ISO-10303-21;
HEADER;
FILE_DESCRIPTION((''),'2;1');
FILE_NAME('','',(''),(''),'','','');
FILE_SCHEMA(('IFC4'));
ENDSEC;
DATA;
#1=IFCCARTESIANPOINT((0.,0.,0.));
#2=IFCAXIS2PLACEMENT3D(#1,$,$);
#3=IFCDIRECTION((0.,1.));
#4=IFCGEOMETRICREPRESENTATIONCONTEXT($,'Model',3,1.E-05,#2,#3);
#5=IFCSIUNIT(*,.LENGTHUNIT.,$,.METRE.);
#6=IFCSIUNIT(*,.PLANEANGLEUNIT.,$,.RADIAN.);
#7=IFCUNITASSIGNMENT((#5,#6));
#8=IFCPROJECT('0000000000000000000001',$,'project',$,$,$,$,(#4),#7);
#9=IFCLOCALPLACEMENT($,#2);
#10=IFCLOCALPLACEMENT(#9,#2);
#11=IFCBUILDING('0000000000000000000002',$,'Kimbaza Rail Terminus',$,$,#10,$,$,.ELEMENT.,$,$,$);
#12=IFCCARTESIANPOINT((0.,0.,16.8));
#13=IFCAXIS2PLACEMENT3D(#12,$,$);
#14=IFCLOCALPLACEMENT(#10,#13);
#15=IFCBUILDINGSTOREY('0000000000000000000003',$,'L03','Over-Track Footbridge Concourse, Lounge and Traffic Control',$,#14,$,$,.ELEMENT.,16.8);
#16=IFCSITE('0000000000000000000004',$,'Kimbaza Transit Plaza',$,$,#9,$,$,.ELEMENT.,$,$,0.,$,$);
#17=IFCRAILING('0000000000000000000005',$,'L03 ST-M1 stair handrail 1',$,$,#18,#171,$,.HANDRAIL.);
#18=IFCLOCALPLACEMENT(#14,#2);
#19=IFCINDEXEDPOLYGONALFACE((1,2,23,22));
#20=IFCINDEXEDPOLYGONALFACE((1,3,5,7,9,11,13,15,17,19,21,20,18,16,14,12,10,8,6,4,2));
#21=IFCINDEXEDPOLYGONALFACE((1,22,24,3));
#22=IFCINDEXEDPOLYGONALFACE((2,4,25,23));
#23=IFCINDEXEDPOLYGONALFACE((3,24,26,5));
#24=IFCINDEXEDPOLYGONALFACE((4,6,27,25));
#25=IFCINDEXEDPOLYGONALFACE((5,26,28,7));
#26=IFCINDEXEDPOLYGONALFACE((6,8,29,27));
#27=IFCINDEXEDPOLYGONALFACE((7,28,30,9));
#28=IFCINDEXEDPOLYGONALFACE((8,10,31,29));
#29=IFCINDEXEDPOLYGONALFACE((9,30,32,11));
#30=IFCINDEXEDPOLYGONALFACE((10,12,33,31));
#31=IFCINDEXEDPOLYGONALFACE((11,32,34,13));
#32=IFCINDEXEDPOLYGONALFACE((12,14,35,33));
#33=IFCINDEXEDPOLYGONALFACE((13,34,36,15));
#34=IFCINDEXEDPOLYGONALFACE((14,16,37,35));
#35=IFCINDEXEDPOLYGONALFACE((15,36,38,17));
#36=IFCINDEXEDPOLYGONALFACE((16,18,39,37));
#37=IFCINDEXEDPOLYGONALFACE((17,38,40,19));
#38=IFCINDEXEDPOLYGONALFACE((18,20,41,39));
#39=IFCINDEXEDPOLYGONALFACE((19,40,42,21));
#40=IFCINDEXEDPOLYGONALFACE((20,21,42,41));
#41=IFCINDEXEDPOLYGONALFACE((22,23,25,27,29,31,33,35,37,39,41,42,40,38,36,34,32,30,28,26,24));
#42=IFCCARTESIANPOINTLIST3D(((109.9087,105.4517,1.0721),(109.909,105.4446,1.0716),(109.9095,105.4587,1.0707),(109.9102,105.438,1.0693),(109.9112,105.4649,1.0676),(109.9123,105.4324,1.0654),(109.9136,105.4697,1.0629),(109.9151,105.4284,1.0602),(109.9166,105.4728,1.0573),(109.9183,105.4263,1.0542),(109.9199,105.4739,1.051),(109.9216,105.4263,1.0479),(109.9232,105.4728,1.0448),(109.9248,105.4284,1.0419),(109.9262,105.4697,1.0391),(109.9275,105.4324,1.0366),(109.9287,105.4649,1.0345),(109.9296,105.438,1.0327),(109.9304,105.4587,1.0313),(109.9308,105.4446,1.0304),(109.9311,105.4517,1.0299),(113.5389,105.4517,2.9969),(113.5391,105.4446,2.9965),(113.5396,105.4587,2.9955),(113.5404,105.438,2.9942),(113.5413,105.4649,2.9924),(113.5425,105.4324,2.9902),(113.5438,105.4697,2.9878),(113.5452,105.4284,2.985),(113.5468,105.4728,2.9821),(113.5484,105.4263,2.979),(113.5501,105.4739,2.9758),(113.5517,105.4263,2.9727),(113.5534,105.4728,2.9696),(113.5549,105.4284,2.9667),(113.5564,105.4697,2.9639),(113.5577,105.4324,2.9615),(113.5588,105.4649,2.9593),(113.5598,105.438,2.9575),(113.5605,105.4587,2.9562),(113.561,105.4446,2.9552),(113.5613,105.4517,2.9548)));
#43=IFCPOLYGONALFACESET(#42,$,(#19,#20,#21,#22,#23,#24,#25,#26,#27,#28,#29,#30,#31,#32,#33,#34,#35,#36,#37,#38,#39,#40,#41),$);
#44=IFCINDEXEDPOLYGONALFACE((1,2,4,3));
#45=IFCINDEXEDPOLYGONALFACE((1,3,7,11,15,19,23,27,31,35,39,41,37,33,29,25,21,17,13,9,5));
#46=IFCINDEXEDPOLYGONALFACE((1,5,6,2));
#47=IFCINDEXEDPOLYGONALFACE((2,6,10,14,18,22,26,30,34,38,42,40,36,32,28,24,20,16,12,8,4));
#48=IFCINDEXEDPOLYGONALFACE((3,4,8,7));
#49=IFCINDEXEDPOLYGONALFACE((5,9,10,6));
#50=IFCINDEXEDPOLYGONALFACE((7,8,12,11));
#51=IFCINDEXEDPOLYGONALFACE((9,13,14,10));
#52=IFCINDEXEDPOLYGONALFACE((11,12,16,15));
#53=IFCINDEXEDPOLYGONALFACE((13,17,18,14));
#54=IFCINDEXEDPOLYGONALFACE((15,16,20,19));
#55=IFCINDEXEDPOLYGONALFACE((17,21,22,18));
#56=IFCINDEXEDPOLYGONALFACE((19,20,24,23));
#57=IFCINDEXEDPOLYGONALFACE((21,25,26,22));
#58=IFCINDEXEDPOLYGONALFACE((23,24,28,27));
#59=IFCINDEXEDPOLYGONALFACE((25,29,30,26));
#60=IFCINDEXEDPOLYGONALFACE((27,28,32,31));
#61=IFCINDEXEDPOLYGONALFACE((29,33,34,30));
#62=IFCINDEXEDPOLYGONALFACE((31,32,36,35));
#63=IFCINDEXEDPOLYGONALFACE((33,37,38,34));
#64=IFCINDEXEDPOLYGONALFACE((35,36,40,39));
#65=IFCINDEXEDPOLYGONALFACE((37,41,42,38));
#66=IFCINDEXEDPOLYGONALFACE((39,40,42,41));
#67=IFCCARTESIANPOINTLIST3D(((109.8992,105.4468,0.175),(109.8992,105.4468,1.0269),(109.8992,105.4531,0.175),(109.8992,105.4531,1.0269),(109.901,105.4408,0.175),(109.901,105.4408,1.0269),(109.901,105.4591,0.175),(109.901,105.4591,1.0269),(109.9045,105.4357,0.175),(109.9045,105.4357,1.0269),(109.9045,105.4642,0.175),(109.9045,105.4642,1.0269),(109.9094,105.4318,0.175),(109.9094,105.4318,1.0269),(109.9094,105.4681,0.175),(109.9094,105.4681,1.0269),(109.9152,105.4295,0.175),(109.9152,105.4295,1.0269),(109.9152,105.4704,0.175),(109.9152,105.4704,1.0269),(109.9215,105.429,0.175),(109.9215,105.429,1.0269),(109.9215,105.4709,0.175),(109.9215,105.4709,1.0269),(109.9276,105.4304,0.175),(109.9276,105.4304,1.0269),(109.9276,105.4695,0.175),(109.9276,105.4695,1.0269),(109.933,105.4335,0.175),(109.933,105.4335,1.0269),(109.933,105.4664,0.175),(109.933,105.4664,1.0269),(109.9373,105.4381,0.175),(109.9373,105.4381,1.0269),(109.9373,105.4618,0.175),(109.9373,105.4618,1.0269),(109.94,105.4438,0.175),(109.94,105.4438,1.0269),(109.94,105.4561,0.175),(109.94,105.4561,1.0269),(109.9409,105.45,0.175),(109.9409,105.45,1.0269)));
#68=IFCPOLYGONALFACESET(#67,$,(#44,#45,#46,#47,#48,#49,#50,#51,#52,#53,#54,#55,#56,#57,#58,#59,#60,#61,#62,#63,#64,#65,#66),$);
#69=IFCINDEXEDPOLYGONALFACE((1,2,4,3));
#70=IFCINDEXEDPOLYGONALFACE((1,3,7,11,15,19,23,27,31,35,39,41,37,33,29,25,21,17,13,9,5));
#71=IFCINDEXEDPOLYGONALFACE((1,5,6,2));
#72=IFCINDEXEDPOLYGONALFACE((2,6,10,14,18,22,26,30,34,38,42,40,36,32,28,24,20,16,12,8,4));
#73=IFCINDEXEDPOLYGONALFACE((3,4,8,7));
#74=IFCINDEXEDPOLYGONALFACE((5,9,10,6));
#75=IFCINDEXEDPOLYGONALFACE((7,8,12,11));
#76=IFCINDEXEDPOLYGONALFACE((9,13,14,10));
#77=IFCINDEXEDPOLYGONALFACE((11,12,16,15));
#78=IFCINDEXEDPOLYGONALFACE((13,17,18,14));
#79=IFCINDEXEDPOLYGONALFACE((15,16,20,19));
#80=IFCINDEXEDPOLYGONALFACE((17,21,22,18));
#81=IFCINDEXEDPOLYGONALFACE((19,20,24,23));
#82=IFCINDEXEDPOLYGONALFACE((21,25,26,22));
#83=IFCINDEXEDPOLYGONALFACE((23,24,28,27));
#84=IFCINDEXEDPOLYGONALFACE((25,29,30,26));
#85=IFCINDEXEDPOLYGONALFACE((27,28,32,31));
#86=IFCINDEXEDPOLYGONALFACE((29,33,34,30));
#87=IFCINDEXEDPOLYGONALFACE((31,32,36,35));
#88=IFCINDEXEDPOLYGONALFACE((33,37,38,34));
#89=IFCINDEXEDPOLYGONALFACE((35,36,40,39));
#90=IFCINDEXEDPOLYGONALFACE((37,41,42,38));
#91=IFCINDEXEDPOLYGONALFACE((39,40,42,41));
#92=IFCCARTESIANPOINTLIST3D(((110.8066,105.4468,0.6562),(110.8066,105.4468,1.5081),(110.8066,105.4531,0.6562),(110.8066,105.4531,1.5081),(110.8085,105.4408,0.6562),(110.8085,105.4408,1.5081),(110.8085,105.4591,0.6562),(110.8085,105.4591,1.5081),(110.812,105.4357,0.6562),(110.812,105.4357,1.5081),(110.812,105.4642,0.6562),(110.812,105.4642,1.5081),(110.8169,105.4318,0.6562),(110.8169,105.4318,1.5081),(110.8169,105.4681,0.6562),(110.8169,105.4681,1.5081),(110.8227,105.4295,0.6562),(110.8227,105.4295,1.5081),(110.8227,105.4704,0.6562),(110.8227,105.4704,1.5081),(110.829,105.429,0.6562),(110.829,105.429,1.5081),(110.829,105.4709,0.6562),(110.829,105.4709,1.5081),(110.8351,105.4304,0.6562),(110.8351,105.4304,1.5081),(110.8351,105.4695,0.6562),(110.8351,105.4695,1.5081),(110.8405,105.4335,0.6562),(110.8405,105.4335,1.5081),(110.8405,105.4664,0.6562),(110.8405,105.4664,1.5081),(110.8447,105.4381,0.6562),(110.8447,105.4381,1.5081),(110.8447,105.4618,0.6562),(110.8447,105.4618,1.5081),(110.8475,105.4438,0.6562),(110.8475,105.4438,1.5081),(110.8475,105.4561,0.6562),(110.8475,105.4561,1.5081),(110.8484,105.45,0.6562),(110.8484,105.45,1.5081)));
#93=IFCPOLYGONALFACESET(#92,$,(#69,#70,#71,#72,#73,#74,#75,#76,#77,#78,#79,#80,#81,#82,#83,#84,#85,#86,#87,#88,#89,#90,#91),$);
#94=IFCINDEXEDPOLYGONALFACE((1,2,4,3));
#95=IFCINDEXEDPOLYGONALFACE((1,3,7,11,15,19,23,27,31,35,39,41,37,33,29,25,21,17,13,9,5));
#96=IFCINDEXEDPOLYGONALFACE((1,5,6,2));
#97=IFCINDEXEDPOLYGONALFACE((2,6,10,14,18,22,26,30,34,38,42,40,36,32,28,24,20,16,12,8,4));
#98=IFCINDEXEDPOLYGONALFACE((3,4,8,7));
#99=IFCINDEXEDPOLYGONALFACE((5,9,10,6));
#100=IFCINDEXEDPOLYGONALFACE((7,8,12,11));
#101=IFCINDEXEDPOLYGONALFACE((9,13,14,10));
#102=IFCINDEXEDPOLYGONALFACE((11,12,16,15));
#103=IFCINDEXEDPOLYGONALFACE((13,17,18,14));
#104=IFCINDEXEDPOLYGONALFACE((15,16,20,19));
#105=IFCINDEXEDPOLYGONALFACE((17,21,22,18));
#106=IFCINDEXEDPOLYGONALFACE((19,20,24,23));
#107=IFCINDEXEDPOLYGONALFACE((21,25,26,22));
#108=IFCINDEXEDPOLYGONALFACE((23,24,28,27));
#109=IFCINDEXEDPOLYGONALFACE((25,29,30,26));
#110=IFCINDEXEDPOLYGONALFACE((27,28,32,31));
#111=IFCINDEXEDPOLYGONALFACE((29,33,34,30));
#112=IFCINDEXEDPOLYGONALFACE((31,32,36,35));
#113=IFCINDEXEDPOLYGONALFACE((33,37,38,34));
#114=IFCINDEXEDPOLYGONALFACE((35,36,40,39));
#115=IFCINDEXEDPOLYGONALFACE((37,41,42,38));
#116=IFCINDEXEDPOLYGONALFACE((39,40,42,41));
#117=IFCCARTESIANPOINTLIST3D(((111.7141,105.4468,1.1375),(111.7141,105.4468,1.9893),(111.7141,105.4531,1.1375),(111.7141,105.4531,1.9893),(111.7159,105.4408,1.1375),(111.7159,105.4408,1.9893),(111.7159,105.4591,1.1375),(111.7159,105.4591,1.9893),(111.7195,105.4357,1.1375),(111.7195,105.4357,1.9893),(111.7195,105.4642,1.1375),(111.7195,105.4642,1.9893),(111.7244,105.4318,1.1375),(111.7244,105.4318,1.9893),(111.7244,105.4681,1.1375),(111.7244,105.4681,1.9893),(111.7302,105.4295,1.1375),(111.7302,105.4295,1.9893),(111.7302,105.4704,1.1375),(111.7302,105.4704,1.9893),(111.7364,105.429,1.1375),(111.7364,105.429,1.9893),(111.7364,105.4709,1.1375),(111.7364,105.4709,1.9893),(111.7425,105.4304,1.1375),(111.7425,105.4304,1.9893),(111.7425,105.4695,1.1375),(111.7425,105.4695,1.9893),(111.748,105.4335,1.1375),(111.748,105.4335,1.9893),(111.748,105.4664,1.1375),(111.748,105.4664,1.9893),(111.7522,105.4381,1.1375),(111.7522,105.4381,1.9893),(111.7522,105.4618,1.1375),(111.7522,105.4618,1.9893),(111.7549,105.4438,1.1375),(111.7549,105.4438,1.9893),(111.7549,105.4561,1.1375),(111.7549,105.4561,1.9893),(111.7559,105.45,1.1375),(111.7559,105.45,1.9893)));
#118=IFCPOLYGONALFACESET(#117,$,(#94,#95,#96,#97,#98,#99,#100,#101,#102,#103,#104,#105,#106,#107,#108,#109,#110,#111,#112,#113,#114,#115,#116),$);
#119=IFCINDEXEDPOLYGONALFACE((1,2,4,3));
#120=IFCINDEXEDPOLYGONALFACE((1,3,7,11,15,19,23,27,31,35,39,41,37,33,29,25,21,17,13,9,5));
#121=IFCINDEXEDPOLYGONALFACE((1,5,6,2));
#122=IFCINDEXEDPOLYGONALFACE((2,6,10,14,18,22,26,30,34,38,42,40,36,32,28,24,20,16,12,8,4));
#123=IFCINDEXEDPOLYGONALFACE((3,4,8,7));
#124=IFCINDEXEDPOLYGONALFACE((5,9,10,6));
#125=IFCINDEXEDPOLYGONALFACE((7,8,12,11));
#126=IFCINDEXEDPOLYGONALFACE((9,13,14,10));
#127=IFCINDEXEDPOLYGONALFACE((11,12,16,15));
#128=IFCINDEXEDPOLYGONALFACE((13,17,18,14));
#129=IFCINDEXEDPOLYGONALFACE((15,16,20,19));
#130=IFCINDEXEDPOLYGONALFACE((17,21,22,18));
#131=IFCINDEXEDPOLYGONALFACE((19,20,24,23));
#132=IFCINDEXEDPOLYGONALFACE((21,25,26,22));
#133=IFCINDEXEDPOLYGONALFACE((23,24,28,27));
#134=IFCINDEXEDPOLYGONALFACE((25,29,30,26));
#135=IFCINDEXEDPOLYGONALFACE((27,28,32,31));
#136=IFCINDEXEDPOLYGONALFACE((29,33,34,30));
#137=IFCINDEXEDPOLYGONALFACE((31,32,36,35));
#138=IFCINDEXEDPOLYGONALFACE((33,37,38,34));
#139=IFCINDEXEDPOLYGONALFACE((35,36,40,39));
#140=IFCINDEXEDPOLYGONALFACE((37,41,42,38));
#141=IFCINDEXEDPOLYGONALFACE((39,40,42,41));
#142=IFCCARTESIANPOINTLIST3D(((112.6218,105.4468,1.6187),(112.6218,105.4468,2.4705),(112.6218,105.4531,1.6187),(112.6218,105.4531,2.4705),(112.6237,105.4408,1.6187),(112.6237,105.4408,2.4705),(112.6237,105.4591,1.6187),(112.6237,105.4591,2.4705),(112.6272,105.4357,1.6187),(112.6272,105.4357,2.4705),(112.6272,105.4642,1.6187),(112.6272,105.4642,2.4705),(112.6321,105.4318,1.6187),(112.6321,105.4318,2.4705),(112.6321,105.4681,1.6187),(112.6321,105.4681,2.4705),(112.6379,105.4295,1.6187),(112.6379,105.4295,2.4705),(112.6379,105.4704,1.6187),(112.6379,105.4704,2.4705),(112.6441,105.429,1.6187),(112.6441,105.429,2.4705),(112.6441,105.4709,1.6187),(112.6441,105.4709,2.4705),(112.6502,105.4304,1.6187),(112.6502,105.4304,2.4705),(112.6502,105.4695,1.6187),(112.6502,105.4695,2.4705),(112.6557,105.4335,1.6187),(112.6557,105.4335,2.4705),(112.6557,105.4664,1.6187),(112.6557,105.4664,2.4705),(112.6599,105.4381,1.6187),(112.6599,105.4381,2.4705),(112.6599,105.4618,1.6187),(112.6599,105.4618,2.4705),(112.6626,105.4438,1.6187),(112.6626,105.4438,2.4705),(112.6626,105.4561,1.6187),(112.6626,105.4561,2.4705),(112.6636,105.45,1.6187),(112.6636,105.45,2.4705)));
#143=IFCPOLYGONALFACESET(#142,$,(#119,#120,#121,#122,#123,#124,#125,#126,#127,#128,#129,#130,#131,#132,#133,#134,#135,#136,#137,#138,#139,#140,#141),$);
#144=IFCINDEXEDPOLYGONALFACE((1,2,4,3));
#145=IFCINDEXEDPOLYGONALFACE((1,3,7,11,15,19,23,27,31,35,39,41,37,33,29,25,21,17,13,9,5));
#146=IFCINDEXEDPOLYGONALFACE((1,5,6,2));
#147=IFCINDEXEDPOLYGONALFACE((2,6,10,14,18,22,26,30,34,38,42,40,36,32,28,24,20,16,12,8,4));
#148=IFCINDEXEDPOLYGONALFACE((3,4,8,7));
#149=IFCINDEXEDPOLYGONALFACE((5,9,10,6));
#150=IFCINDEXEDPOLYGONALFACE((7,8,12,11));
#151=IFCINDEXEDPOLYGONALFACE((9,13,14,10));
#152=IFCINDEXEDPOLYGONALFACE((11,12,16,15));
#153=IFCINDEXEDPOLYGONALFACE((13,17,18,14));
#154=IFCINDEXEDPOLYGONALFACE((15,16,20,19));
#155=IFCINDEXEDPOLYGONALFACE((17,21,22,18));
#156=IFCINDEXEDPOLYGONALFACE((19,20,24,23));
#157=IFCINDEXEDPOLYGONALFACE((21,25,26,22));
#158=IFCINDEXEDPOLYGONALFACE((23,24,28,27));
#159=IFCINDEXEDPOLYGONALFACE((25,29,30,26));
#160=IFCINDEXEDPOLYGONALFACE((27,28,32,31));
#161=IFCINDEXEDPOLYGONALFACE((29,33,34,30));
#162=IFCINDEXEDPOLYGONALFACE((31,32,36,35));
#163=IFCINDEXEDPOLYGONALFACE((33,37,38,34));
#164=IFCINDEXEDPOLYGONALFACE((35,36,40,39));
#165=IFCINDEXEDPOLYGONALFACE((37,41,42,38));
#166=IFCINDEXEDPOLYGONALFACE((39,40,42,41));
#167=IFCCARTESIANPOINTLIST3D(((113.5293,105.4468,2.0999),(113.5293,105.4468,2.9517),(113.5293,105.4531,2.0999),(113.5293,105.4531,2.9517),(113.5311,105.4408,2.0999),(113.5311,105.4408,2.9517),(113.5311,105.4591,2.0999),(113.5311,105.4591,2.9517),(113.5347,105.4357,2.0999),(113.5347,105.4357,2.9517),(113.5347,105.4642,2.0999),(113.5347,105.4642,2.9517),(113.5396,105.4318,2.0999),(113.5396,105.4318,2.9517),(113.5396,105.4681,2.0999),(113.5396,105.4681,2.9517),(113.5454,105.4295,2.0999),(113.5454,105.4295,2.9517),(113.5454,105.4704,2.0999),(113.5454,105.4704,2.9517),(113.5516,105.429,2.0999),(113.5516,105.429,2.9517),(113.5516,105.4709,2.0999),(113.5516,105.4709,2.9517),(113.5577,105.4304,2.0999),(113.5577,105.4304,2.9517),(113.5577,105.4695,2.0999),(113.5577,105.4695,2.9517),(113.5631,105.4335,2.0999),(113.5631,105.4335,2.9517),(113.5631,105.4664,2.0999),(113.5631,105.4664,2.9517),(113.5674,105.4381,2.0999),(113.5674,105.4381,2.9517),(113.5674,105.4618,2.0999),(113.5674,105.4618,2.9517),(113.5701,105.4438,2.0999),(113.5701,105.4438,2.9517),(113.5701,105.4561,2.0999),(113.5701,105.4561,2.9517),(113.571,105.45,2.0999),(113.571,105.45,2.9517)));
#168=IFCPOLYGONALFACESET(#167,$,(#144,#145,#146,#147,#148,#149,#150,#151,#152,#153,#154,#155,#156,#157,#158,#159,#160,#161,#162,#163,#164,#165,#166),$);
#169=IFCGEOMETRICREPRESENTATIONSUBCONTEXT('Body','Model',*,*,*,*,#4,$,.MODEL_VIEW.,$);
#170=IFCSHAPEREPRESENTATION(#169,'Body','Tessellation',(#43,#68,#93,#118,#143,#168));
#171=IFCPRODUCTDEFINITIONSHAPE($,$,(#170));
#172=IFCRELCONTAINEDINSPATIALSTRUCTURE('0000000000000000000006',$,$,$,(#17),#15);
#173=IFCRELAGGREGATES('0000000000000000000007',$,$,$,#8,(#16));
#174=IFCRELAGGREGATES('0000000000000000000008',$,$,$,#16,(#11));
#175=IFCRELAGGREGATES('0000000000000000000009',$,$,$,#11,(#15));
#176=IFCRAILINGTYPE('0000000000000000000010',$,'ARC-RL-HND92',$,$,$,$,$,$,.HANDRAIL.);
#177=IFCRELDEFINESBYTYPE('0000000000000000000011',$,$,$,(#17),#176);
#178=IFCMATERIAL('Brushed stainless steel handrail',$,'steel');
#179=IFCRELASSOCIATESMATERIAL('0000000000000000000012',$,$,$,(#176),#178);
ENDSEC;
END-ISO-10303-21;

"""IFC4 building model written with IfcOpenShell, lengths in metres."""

from ifc_helpers import new_model, si_unit, direction, frame, origin, origin_2d, place, context, subcontext, project, spatial, circle, extrude, material, type_object, element, save


model = new_model("IFC4")

# Units and contexts
model_context = context("Model", 3, precision=1e-05, world=origin(), true_north=direction((0.0, 1.0)))
body_context = subcontext(model_context, "Body", "Model", "MODEL_VIEW")
ifc_project = project(units=[si_unit("LENGTHUNIT", "METRE"), si_unit("PLANEANGLEUNIT", "RADIAN")], contexts=[model_context])

# Site, building, storey
site_placement = place(None, origin())
site = spatial("IfcSite", under=ifc_project, at=site_placement, Name="Kimbaza Transit Plaza", CompositionType="ELEMENT", RefElevation=0.0)
building_placement = place(site_placement, origin())
building = spatial("IfcBuilding", under=site, at=building_placement, Name="Kimbaza Rail Terminus", CompositionType="ELEMENT")
storey_placement = place(building_placement, frame((0.0, 0.0, 16.8)))
storey = spatial("IfcBuildingStorey", under=building, at=storey_placement, Name="L03", Description="Over-Track Footbridge Concourse, Lounge and Traffic Control", CompositionType="ELEMENT", Elevation=16.8)

# Railing
ifc_material_1 = material(Name="Brushed stainless steel handrail", Category="steel")
railing_type_1 = type_object("IfcRailingType", Name="ARC-RL-HND92", PredefinedType="HANDRAIL", material=ifc_material_1)
railing_1_placement = place(storey_placement, frame((109.9199, 105.45, 0.175)))
element("IfcRailing", 1, at=railing_1_placement, inside=storey, type_object=railing_type_1, Name="L03 ST-M1 stair handrail 1", PredefinedType="HANDRAIL", context=body_context, shape_type="SweptSolid", body=[
    extrude(circle(Radius=0.0239, at=origin_2d()), frame((0.0, 0.0, 0.876), z_axis=(0.883489, 0.0, 0.468453), x_axis=(0.0, 1.0, 0.0)), (0.0, 0.0, 1.0), 4.1089),
    extrude(circle(Radius=0.021, at=origin_2d()), origin(), (0.0, 0.0, 1.0), 0.8518),
    extrude(circle(Radius=0.021, at=origin_2d()), frame((0.9075, 0.0, 0.4812)), (0.0, 0.0, 1.0), 0.8518),
    extrude(circle(Radius=0.021, at=origin_2d()), frame((1.8149, 0.0, 0.9624)), (0.0, 0.0, 1.0), 0.8518),
    extrude(circle(Radius=0.021, at=origin_2d()), frame((2.7227, 0.0, 1.4436)), (0.0, 0.0, 1.0), 0.8518),
    extrude(circle(Radius=0.021, at=origin_2d()), frame((3.6301, 0.0, 1.9248)), (0.0, 0.0, 1.0), 0.8518),
])

save(model, "model.ifc")
